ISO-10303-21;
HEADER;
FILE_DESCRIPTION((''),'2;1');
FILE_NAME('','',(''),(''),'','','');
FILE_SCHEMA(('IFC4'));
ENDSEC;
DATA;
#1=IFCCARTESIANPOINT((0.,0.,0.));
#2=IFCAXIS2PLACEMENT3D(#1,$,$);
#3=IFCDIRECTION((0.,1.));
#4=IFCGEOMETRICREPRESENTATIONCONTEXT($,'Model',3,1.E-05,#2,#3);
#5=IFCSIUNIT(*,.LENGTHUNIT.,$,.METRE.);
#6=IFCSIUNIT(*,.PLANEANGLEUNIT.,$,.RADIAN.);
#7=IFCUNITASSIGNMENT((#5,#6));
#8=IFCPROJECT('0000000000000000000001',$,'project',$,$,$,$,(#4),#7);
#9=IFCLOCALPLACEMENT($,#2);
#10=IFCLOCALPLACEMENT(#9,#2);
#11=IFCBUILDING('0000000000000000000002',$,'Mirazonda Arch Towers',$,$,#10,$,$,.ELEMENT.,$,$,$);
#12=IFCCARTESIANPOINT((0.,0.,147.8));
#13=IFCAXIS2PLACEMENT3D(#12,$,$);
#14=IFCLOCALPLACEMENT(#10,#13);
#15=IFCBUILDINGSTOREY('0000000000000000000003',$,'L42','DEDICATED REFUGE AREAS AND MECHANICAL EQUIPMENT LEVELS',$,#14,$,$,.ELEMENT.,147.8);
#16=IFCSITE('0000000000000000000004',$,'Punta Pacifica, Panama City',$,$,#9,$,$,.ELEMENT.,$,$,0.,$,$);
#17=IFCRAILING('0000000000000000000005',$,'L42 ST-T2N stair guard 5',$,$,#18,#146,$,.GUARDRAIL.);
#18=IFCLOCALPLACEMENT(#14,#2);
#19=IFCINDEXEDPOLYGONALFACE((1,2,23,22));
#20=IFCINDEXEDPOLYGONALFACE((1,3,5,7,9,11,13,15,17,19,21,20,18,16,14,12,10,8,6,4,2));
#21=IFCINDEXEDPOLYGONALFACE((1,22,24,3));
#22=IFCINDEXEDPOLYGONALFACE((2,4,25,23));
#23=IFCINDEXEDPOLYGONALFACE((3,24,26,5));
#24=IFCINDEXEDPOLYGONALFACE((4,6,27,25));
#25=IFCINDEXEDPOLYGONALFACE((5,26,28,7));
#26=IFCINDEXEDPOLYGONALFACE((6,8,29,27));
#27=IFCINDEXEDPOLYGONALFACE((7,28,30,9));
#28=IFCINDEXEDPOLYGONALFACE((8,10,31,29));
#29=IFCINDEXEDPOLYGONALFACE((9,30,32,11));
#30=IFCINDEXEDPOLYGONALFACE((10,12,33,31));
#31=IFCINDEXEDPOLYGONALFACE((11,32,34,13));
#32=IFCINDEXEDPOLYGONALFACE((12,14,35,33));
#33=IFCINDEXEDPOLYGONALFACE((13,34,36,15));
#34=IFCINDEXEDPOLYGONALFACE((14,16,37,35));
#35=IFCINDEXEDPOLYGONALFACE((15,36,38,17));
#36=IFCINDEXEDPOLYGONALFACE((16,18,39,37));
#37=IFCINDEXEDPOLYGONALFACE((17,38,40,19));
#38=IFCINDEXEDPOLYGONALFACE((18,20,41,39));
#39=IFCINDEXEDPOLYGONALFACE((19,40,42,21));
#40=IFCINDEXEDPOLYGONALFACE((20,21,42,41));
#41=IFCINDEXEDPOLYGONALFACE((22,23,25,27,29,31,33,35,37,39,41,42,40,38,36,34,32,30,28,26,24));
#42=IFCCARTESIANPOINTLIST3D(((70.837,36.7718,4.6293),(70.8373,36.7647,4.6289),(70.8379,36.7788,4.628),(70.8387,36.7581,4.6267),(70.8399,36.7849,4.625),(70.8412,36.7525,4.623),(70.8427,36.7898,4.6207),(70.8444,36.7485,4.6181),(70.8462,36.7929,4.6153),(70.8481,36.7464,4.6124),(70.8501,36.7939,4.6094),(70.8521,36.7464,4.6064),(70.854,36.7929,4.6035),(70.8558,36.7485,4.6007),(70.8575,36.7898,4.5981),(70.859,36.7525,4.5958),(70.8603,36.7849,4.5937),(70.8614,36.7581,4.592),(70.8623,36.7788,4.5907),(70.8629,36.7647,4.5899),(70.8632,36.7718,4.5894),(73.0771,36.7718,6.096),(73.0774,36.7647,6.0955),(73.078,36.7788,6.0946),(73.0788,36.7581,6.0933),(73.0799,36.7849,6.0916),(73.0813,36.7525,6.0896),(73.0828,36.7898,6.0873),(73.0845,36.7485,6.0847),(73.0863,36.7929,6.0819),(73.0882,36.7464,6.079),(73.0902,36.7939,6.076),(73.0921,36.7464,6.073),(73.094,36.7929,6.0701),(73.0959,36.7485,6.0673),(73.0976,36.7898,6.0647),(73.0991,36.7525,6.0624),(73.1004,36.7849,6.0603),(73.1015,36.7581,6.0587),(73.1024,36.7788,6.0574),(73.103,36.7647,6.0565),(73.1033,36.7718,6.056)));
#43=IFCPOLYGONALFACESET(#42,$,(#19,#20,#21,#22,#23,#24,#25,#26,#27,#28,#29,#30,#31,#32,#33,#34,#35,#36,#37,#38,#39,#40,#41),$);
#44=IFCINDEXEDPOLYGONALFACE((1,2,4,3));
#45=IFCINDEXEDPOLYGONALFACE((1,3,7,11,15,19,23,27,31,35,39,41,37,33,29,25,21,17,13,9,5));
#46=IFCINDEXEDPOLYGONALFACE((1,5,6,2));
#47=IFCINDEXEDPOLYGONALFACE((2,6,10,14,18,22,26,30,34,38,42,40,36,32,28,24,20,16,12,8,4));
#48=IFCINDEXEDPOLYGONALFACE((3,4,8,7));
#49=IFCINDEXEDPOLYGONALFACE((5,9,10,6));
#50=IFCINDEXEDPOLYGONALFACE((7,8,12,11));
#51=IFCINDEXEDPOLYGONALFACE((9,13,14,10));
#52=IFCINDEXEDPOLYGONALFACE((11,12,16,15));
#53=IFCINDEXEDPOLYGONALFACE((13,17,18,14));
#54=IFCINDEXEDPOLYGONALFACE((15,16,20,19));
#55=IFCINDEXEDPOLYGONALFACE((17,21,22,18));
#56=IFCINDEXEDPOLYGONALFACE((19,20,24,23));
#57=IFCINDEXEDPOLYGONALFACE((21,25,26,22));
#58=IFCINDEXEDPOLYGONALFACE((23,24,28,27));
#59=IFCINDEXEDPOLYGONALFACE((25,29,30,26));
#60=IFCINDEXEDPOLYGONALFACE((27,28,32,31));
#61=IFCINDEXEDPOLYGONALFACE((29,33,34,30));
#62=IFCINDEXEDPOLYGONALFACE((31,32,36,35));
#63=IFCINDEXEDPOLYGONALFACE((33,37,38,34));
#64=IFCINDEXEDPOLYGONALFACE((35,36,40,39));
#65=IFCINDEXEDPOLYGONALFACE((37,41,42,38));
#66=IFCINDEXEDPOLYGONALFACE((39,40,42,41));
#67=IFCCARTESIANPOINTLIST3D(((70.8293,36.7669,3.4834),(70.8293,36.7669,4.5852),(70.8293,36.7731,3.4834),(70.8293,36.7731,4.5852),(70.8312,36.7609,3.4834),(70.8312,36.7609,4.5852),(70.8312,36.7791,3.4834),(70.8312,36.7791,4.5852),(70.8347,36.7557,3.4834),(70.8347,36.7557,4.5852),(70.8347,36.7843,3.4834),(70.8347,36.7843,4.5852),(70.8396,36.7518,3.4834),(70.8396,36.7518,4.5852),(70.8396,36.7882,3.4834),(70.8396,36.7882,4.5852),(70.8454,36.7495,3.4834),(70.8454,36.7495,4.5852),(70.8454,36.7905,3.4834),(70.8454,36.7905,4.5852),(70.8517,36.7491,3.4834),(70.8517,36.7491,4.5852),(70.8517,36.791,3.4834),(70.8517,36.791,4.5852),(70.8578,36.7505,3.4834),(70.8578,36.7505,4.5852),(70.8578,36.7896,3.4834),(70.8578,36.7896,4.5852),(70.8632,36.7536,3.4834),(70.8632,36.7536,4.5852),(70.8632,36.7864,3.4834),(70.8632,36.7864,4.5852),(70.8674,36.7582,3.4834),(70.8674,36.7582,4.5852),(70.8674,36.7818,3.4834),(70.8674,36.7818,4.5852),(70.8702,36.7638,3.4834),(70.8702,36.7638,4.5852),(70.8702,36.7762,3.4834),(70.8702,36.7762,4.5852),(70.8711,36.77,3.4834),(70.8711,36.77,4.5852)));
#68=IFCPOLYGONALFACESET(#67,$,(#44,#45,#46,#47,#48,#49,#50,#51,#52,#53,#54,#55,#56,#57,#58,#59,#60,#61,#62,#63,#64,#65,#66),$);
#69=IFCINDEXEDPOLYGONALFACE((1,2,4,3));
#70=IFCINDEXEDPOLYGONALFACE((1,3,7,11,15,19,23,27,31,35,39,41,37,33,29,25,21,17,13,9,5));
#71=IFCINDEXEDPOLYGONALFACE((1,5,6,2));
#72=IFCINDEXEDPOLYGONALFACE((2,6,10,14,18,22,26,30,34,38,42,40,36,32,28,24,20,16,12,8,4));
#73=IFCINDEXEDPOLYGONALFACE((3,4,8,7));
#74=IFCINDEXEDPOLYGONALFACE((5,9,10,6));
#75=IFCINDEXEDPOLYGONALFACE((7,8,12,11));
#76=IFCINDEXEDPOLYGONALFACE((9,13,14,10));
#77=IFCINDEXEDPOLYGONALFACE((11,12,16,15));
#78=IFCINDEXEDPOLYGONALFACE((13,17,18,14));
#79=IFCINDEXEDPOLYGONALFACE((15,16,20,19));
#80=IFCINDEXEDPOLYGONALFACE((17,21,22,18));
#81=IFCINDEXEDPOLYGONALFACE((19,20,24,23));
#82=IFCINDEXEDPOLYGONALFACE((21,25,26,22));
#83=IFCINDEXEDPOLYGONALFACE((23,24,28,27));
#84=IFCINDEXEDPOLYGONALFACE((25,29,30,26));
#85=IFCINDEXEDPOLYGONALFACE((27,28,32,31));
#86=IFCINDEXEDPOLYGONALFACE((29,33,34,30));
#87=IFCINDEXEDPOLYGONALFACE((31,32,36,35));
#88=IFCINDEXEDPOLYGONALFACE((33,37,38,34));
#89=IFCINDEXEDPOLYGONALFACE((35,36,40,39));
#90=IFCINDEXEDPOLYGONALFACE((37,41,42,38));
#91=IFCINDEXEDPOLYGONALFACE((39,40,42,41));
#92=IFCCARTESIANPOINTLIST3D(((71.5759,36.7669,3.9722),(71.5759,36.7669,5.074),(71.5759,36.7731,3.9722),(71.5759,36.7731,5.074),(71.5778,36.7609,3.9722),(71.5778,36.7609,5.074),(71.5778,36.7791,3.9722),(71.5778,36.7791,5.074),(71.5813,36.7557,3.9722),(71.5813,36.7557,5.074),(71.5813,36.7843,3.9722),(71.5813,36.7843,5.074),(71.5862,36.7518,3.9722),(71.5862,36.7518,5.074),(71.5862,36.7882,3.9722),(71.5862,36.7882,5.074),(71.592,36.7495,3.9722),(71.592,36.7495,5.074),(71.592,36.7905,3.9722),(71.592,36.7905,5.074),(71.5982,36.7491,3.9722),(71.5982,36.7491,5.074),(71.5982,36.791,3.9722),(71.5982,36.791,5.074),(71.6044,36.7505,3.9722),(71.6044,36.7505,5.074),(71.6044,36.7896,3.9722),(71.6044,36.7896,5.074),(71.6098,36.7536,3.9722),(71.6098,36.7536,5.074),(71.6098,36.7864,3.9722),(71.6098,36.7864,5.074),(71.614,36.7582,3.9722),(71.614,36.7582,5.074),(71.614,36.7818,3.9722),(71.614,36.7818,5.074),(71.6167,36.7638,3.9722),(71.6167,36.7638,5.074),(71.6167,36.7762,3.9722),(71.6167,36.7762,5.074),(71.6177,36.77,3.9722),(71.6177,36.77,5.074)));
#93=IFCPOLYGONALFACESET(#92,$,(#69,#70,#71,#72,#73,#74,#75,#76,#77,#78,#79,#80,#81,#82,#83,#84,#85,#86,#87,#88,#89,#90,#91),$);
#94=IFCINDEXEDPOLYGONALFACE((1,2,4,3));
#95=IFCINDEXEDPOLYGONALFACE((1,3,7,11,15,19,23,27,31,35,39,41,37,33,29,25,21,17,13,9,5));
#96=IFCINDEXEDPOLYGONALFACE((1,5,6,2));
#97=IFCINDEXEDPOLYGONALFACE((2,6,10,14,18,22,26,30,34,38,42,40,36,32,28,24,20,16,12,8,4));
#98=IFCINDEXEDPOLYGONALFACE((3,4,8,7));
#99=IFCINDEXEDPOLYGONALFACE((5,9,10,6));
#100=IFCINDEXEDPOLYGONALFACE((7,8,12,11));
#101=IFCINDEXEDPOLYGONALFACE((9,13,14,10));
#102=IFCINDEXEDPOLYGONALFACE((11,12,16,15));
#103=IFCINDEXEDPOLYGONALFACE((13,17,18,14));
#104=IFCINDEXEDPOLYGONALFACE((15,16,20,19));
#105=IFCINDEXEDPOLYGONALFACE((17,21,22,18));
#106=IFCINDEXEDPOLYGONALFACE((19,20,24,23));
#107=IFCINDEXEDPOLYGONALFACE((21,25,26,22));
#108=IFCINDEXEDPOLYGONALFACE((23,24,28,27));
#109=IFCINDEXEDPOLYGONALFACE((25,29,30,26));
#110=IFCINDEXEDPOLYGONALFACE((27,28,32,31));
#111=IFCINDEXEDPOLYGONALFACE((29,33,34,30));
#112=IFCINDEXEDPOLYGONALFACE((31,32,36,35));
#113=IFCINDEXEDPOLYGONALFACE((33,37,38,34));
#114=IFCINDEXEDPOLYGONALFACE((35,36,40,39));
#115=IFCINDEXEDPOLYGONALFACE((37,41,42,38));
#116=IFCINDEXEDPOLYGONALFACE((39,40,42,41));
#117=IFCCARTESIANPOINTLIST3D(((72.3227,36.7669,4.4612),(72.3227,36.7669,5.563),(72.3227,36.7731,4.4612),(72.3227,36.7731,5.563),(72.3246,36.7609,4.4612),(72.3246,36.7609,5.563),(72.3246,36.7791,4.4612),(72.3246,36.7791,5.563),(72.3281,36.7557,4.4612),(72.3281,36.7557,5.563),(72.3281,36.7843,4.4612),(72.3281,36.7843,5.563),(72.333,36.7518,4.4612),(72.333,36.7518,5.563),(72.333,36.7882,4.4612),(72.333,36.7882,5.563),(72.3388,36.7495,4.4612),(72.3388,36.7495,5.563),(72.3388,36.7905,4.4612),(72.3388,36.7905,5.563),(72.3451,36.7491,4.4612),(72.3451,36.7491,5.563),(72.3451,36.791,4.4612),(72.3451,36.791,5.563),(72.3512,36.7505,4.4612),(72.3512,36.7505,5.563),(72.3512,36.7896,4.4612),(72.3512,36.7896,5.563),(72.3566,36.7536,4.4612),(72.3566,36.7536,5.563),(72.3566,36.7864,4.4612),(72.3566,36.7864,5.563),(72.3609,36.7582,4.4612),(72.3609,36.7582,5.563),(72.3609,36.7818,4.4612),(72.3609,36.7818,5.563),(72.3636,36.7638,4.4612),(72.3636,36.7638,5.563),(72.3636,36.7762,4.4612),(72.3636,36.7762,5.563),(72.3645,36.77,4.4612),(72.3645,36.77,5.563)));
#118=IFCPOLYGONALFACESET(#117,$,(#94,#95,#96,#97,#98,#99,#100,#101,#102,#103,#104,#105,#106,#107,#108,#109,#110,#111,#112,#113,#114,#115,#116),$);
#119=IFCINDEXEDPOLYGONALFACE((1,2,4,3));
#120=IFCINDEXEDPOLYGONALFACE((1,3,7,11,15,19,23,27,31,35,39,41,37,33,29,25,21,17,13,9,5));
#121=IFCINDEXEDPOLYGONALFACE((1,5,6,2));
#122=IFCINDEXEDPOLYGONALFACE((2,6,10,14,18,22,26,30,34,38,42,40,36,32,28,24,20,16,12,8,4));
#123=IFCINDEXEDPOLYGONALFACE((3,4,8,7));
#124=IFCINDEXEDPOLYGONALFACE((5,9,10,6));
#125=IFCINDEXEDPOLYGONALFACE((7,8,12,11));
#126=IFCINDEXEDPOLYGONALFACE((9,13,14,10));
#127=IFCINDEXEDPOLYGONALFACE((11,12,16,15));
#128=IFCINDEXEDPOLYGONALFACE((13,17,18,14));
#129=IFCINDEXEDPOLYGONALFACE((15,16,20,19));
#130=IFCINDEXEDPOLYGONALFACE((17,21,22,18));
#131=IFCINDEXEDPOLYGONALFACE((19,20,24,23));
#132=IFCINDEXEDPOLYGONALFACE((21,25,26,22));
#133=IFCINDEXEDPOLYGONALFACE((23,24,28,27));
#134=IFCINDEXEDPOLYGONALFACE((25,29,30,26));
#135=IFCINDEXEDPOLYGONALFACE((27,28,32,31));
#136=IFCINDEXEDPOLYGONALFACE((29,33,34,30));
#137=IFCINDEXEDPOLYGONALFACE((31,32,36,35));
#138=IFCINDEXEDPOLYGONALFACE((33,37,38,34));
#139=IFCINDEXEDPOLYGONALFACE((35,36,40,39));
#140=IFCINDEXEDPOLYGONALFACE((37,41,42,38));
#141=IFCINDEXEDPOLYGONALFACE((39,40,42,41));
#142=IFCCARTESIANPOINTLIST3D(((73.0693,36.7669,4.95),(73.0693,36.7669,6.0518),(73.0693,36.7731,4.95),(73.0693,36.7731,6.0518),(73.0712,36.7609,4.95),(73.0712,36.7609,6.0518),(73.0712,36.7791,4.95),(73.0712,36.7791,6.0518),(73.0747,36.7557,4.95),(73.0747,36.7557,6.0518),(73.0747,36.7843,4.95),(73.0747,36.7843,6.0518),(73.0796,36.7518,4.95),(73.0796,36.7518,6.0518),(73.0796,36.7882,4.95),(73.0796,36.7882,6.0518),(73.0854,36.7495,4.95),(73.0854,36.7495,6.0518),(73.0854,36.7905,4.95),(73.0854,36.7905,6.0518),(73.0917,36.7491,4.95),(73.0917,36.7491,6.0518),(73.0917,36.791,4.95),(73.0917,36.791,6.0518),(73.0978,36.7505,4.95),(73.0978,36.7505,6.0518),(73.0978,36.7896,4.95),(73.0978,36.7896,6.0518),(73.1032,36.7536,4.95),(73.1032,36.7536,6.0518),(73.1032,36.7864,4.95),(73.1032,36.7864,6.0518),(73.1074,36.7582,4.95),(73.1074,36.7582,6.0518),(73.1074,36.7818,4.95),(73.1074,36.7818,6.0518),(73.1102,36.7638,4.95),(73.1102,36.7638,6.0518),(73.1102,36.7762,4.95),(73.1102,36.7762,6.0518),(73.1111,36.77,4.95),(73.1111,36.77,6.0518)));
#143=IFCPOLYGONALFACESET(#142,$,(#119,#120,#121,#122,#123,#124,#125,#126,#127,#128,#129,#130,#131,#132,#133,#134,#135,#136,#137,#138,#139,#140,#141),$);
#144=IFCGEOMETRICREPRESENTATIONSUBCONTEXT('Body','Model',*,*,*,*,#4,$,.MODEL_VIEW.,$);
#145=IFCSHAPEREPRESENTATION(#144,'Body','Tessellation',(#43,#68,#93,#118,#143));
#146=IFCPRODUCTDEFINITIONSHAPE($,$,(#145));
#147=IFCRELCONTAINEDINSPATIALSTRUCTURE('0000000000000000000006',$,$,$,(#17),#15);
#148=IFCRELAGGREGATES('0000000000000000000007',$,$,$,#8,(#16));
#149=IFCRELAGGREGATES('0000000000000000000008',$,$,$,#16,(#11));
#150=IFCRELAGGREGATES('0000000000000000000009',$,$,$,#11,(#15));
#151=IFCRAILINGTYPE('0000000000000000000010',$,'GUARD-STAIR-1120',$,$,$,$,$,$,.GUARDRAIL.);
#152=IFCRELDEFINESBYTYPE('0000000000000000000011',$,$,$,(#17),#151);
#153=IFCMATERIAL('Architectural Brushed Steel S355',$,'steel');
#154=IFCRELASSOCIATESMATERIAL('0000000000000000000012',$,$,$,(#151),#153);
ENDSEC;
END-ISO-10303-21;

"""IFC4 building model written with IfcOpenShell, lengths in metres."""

from ifc_helpers import new_model, si_unit, direction, frame, origin, origin_2d, place, context, subcontext, project, spatial, circle, extrude, material, type_object, element, save


model = new_model("IFC4")

# Units and contexts
model_context = context("Model", 3, precision=1e-05, world=origin(), true_north=direction((0.0, 1.0)))
body_context = subcontext(model_context, "Body", "Model", "MODEL_VIEW")
ifc_project = project(units=[si_unit("LENGTHUNIT", "METRE"), si_unit("PLANEANGLEUNIT", "RADIAN")], contexts=[model_context])

# Site, building, storey
site_placement = place(None, origin())
site = spatial("IfcSite", under=ifc_project, at=site_placement, Name="Punta Pacifica, Panama City", CompositionType="ELEMENT", RefElevation=0.0)
building_placement = place(site_placement, origin())
building = spatial("IfcBuilding", under=site, at=building_placement, Name="Mirazonda Arch Towers", CompositionType="ELEMENT")
storey_placement = place(building_placement, frame((0.0, 0.0, 147.8)))
storey = spatial("IfcBuildingStorey", under=building, at=storey_placement, Name="L42", Description="DEDICATED REFUGE AREAS AND MECHANICAL EQUIPMENT LEVELS", CompositionType="ELEMENT", Elevation=147.8)

# Railing
ifc_material_1 = material(Name="Architectural Brushed Steel S355", Category="steel")
railing_type_1 = type_object("IfcRailingType", Name="GUARD-STAIR-1120", PredefinedType="GUARDRAIL", material=ifc_material_1)
railing_1_placement = place(storey_placement, frame((70.8501, 36.77, 3.4834)))
element("IfcRailing", 1, at=railing_1_placement, inside=storey, type_object=railing_type_1, Name="L42 ST-T2N stair guard 5", PredefinedType="GUARDRAIL", context=body_context, shape_type="SweptSolid", body=[
    extrude(circle(Radius=0.0239, at=origin_2d()), frame((0.0, 0.0, 1.126), z_axis=(0.836637, 0.0, 0.547758), x_axis=(0.0, 1.0, 0.0)), (0.0, 0.0, 1.0), 2.6775),
    extrude(circle(Radius=0.021, at=origin_2d()), origin(), (0.0, 0.0, 1.0), 1.1018),
    extrude(circle(Radius=0.021, at=origin_2d()), frame((0.7466, 0.0, 0.4888)), (0.0, 0.0, 1.0), 1.1018),
    extrude(circle(Radius=0.021, at=origin_2d()), frame((1.4934, 0.0, 0.9778)), (0.0, 0.0, 1.0), 1.1018),
    extrude(circle(Radius=0.021, at=origin_2d()), frame((2.24, 0.0, 1.4666)), (0.0, 0.0, 1.0), 1.1018),
])

save(model, "model.ifc")
